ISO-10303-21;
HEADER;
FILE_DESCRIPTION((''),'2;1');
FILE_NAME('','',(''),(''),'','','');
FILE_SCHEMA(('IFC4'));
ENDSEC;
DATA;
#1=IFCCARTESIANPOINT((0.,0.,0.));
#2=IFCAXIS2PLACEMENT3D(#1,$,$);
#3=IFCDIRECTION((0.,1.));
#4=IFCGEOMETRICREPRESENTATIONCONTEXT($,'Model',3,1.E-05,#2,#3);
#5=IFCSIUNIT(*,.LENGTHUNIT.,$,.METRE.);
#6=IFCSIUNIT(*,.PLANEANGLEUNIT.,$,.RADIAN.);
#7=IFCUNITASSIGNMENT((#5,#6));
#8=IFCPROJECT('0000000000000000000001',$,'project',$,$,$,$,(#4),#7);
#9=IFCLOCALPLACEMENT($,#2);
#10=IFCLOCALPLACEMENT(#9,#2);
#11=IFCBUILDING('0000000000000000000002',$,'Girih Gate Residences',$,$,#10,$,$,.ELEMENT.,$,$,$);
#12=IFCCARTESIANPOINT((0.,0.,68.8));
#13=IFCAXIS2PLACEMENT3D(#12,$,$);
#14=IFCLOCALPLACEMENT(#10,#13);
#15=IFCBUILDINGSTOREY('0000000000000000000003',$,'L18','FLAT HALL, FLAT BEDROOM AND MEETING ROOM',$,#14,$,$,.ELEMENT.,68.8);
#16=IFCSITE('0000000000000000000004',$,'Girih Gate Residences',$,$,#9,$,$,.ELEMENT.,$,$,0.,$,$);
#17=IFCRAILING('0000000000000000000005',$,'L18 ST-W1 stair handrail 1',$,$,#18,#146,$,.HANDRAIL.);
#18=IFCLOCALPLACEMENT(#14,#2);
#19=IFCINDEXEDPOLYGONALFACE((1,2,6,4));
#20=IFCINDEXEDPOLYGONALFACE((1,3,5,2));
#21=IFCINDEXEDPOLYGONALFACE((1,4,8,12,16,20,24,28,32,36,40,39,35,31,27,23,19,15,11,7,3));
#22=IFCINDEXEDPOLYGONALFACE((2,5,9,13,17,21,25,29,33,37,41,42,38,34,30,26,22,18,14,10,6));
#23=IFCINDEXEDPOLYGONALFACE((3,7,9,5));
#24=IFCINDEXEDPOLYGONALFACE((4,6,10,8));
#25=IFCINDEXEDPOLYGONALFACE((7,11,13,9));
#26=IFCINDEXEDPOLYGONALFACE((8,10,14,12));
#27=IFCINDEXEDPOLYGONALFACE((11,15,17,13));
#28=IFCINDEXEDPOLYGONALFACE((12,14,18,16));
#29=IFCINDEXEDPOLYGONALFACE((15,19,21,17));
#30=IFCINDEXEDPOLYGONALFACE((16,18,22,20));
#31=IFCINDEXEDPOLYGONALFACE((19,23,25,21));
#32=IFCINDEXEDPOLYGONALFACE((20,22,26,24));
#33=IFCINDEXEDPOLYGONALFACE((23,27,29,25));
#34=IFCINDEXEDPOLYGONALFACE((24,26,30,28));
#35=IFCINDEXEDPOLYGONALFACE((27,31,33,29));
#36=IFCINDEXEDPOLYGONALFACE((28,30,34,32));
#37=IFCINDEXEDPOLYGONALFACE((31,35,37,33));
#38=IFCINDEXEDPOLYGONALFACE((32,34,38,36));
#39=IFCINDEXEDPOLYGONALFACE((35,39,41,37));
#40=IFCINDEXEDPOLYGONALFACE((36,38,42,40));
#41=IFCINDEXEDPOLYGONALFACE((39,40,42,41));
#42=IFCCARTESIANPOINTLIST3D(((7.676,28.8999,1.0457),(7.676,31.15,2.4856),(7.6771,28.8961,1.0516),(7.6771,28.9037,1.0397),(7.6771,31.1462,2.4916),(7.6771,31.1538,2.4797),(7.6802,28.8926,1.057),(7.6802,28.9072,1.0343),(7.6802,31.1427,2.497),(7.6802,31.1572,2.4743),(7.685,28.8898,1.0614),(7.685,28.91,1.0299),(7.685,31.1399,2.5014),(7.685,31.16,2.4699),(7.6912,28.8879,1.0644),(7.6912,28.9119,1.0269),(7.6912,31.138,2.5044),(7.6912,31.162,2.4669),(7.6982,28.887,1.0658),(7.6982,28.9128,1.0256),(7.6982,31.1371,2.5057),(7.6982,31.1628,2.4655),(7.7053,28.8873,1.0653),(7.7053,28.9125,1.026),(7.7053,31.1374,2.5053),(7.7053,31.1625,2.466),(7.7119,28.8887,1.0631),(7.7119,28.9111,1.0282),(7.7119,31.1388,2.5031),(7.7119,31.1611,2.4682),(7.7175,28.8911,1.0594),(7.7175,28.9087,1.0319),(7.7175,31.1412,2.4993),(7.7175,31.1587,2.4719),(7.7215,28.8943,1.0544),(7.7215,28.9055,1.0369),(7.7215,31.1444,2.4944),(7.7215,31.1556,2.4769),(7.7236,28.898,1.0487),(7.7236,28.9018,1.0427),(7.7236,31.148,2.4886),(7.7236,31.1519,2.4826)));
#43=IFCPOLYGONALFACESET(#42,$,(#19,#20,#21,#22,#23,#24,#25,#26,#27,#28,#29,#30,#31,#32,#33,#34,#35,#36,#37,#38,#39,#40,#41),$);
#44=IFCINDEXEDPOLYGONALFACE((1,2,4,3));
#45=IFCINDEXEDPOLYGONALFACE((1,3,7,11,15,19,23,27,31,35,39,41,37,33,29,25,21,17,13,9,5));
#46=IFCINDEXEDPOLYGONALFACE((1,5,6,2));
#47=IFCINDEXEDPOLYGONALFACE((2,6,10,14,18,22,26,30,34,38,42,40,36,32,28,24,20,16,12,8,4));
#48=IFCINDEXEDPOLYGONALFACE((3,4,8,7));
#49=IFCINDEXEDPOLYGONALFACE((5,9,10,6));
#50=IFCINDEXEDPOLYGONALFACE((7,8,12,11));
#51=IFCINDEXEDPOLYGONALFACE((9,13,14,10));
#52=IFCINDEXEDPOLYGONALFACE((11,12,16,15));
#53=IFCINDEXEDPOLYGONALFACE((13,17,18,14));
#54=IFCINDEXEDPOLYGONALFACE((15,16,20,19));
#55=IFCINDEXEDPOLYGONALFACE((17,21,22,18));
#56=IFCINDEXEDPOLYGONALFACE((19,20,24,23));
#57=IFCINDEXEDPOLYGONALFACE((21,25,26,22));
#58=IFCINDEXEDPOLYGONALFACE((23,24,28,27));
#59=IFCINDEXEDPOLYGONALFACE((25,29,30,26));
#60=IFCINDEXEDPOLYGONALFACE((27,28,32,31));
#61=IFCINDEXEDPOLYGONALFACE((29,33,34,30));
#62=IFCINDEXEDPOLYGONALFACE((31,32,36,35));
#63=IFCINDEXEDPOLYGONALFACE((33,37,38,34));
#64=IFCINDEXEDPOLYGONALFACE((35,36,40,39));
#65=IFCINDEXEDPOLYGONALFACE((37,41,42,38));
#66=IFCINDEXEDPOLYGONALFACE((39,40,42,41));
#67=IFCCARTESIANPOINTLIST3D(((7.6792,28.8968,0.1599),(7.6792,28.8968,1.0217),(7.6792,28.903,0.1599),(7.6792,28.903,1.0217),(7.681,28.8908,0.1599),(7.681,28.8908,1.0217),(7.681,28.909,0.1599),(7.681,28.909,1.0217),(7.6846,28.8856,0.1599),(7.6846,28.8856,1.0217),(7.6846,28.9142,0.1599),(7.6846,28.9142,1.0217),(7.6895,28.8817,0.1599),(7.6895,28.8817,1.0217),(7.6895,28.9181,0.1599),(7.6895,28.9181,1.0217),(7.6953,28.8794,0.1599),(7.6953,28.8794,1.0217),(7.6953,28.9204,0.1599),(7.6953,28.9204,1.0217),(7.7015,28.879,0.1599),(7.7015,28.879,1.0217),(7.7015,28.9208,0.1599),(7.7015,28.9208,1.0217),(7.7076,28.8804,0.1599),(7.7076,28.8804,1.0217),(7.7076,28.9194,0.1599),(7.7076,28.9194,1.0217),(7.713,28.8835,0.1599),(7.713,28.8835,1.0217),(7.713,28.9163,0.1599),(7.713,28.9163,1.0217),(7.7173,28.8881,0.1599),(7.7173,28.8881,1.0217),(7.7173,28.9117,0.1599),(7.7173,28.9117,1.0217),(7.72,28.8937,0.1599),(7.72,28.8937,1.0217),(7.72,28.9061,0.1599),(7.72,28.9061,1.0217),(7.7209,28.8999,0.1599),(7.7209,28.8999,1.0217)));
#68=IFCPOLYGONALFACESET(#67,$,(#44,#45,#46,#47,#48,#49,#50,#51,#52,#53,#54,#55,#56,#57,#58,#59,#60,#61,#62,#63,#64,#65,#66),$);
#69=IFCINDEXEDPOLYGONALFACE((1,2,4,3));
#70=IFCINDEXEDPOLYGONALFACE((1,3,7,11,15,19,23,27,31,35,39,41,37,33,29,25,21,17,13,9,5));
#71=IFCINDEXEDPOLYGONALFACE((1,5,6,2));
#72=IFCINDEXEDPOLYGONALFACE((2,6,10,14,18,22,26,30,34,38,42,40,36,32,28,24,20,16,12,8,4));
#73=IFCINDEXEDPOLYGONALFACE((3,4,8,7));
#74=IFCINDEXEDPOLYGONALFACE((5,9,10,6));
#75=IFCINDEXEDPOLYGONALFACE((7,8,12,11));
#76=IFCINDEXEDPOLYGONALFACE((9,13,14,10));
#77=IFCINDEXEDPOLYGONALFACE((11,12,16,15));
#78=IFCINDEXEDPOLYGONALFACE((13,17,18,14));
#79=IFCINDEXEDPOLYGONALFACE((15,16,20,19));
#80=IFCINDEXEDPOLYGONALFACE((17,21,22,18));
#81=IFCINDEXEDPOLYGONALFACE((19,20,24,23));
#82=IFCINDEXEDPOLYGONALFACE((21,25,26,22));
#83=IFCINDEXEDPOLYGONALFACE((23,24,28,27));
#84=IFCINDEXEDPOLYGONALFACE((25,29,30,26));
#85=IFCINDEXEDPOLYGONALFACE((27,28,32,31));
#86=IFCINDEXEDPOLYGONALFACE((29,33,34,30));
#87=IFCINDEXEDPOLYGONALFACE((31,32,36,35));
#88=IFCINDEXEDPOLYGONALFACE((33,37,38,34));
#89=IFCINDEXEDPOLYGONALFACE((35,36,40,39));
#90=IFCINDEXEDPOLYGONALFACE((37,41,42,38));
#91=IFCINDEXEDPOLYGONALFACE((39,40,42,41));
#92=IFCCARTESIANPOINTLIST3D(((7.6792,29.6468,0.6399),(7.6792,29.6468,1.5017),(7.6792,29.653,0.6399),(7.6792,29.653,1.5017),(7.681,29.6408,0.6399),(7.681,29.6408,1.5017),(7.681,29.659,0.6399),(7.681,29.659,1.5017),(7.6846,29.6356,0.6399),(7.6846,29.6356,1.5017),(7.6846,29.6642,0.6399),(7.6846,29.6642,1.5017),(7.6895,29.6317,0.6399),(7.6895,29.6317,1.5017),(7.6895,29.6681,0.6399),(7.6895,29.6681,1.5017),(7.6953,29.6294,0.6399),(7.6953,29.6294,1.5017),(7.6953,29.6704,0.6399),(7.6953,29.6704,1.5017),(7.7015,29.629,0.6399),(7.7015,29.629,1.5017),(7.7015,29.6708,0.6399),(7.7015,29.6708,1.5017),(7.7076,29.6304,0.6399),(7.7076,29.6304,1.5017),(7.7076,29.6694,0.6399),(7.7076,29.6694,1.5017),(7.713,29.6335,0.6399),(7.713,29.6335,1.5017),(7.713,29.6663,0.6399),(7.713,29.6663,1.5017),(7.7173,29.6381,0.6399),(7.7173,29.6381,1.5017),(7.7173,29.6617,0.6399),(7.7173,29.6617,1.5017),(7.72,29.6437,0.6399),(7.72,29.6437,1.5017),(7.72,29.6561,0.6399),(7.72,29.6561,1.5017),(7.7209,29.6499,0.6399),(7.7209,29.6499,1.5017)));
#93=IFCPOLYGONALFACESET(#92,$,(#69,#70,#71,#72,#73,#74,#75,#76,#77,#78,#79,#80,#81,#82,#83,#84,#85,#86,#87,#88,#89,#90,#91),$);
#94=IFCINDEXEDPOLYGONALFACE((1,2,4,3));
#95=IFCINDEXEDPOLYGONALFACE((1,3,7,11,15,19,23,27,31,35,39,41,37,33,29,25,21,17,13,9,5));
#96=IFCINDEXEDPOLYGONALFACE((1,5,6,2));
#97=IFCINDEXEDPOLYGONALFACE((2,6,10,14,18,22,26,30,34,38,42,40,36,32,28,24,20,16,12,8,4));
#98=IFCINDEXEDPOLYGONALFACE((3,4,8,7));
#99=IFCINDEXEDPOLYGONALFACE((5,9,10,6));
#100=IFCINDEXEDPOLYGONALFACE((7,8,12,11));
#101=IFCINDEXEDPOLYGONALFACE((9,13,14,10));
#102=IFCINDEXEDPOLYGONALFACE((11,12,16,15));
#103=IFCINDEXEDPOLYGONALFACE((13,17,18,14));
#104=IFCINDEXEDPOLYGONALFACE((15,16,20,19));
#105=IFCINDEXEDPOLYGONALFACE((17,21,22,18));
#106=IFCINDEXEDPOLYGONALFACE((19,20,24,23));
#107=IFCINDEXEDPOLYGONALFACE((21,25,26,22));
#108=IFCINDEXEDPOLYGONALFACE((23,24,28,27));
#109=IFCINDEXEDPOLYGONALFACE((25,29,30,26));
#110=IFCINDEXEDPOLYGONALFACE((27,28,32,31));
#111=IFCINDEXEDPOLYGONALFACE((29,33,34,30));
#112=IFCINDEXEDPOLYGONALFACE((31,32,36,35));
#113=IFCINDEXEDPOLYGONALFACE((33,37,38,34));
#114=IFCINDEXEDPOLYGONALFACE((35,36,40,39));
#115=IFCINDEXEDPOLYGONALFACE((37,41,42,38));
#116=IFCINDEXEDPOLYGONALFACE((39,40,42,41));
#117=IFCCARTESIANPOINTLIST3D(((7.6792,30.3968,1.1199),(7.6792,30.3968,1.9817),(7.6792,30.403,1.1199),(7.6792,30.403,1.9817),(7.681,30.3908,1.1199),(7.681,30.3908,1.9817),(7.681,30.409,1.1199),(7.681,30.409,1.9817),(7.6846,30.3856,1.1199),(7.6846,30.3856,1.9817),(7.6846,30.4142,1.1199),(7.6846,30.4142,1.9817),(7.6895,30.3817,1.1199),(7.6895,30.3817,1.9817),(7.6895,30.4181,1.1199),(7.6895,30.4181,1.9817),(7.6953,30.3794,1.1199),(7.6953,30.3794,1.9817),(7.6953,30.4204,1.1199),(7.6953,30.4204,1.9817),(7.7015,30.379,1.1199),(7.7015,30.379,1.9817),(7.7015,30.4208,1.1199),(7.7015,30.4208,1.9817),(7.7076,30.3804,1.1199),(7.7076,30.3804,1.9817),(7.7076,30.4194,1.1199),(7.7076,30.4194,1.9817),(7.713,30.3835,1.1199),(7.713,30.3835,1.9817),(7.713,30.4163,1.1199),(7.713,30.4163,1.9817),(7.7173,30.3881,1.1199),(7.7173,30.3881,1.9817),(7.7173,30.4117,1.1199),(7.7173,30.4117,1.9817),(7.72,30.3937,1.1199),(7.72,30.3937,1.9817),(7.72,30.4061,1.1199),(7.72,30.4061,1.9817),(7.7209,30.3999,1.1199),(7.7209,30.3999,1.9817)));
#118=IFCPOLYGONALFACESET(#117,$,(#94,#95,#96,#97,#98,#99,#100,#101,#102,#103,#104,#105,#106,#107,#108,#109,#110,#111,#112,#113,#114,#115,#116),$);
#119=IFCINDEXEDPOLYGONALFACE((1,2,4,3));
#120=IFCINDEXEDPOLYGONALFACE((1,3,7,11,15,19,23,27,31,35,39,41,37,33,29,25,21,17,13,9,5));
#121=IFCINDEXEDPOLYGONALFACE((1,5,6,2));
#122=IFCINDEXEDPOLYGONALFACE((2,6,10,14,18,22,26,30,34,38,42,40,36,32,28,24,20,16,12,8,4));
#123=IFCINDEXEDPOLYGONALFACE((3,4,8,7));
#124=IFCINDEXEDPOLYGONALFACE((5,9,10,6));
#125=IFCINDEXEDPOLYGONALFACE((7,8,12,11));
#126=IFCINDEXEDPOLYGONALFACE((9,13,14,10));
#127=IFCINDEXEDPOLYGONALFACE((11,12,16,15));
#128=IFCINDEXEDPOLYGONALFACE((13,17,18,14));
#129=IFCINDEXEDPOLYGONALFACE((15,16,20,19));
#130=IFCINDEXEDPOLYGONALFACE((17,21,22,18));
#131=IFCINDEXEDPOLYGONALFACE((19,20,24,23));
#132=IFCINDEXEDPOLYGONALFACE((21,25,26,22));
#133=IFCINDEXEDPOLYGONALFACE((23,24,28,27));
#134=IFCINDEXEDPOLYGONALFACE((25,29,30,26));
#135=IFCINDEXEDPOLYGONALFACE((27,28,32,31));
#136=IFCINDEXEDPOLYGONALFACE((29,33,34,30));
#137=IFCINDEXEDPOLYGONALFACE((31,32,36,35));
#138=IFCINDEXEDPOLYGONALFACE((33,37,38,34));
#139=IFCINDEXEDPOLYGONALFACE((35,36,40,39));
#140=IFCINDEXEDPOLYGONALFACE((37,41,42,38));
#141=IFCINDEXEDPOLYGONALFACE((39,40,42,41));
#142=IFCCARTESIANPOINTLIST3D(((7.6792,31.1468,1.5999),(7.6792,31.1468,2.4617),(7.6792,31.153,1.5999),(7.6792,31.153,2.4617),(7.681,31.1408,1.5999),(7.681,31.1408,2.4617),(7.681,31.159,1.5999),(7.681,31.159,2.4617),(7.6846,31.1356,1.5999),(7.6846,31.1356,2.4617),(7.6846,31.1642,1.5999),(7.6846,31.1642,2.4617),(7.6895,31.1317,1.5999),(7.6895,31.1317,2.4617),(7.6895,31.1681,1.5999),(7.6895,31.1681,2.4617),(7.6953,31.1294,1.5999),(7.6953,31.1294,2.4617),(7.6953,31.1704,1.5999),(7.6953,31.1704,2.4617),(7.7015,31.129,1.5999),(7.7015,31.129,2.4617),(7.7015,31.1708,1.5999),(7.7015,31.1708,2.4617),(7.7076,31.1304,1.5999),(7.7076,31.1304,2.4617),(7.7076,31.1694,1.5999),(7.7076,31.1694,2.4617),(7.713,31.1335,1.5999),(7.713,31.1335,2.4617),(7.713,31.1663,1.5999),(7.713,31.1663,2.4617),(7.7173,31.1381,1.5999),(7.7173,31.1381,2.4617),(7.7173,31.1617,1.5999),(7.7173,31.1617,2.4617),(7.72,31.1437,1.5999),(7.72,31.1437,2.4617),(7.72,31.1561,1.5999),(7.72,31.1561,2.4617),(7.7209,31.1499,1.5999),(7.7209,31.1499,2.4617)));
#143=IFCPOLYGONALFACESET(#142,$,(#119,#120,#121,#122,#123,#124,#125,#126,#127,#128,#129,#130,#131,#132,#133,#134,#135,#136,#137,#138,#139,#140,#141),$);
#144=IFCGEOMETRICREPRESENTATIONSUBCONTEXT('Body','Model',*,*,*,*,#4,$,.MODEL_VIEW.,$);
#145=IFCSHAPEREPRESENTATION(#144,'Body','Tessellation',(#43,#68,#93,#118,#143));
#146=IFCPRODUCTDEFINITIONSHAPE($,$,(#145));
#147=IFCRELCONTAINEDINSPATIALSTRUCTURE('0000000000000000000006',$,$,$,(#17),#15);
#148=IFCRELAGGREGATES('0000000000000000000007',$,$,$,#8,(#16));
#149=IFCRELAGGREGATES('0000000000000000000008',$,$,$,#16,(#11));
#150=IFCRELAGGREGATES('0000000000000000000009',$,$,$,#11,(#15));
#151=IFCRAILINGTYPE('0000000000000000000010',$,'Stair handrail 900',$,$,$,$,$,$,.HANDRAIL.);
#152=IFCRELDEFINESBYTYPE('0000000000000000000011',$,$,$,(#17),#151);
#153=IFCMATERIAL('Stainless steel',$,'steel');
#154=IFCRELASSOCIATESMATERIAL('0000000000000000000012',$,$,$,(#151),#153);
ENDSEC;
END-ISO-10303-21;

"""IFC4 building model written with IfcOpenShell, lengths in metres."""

from ifc_helpers import new_model, si_unit, direction, frame, origin, origin_2d, place, context, subcontext, project, spatial, circle, extrude, material, type_object, element, save


model = new_model("IFC4")

# Units and contexts
model_context = context("Model", 3, precision=1e-05, world=origin(), true_north=direction((0.0, 1.0)))
body_context = subcontext(model_context, "Body", "Model", "MODEL_VIEW")
ifc_project = project(units=[si_unit("LENGTHUNIT", "METRE"), si_unit("PLANEANGLEUNIT", "RADIAN")], contexts=[model_context])

# Site, building, storey
site_placement = place(None, origin())
site = spatial("IfcSite", under=ifc_project, at=site_placement, Name="Girih Gate Residences", CompositionType="ELEMENT", RefElevation=0.0)
building_placement = place(site_placement, origin())
building = spatial("IfcBuilding", under=site, at=building_placement, Name="Girih Gate Residences", CompositionType="ELEMENT")
storey_placement = place(building_placement, frame((0.0, 0.0, 68.8)))
storey = spatial("IfcBuildingStorey", under=building, at=storey_placement, Name="L18", Description="FLAT HALL, FLAT BEDROOM AND MEETING ROOM", CompositionType="ELEMENT", Elevation=68.8)

# Railing
ifc_material_1 = material(Name="Stainless steel", Category="steel")
railing_type_1 = type_object("IfcRailingType", Name="Stair handrail 900", PredefinedType="HANDRAIL", material=ifc_material_1)
railing_1_placement = place(storey_placement, frame((7.7, 28.8999, 0.1599)))
element("IfcRailing", 1, at=railing_1_placement, inside=storey, type_object=railing_type_1, Name="L18 ST-W1 stair handrail 1", PredefinedType="HANDRAIL", context=body_context, shape_type="SweptSolid", body=[
    extrude(circle(Radius=0.0239, at=origin_2d()), frame((0.0, 0.0, 0.8857), z_axis=(0.0, 0.842281, 0.539038), x_axis=(-1.0, 0.0, 0.0)), (0.0, 0.0, 1.0), 2.6714),
    extrude(circle(Radius=0.021, at=origin_2d()), origin(), (0.0, 0.0, 1.0), 0.8618),
    extrude(circle(Radius=0.021, at=origin_2d()), frame((0.0, 0.75, 0.48)), (0.0, 0.0, 1.0), 0.8618),
    extrude(circle(Radius=0.021, at=origin_2d()), frame((0.0, 1.5, 0.96)), (0.0, 0.0, 1.0), 0.8618),
    extrude(circle(Radius=0.021, at=origin_2d()), frame((0.0, 2.25, 1.4399)), (0.0, 0.0, 1.0), 0.8618),
])

save(model, "model.ifc")
